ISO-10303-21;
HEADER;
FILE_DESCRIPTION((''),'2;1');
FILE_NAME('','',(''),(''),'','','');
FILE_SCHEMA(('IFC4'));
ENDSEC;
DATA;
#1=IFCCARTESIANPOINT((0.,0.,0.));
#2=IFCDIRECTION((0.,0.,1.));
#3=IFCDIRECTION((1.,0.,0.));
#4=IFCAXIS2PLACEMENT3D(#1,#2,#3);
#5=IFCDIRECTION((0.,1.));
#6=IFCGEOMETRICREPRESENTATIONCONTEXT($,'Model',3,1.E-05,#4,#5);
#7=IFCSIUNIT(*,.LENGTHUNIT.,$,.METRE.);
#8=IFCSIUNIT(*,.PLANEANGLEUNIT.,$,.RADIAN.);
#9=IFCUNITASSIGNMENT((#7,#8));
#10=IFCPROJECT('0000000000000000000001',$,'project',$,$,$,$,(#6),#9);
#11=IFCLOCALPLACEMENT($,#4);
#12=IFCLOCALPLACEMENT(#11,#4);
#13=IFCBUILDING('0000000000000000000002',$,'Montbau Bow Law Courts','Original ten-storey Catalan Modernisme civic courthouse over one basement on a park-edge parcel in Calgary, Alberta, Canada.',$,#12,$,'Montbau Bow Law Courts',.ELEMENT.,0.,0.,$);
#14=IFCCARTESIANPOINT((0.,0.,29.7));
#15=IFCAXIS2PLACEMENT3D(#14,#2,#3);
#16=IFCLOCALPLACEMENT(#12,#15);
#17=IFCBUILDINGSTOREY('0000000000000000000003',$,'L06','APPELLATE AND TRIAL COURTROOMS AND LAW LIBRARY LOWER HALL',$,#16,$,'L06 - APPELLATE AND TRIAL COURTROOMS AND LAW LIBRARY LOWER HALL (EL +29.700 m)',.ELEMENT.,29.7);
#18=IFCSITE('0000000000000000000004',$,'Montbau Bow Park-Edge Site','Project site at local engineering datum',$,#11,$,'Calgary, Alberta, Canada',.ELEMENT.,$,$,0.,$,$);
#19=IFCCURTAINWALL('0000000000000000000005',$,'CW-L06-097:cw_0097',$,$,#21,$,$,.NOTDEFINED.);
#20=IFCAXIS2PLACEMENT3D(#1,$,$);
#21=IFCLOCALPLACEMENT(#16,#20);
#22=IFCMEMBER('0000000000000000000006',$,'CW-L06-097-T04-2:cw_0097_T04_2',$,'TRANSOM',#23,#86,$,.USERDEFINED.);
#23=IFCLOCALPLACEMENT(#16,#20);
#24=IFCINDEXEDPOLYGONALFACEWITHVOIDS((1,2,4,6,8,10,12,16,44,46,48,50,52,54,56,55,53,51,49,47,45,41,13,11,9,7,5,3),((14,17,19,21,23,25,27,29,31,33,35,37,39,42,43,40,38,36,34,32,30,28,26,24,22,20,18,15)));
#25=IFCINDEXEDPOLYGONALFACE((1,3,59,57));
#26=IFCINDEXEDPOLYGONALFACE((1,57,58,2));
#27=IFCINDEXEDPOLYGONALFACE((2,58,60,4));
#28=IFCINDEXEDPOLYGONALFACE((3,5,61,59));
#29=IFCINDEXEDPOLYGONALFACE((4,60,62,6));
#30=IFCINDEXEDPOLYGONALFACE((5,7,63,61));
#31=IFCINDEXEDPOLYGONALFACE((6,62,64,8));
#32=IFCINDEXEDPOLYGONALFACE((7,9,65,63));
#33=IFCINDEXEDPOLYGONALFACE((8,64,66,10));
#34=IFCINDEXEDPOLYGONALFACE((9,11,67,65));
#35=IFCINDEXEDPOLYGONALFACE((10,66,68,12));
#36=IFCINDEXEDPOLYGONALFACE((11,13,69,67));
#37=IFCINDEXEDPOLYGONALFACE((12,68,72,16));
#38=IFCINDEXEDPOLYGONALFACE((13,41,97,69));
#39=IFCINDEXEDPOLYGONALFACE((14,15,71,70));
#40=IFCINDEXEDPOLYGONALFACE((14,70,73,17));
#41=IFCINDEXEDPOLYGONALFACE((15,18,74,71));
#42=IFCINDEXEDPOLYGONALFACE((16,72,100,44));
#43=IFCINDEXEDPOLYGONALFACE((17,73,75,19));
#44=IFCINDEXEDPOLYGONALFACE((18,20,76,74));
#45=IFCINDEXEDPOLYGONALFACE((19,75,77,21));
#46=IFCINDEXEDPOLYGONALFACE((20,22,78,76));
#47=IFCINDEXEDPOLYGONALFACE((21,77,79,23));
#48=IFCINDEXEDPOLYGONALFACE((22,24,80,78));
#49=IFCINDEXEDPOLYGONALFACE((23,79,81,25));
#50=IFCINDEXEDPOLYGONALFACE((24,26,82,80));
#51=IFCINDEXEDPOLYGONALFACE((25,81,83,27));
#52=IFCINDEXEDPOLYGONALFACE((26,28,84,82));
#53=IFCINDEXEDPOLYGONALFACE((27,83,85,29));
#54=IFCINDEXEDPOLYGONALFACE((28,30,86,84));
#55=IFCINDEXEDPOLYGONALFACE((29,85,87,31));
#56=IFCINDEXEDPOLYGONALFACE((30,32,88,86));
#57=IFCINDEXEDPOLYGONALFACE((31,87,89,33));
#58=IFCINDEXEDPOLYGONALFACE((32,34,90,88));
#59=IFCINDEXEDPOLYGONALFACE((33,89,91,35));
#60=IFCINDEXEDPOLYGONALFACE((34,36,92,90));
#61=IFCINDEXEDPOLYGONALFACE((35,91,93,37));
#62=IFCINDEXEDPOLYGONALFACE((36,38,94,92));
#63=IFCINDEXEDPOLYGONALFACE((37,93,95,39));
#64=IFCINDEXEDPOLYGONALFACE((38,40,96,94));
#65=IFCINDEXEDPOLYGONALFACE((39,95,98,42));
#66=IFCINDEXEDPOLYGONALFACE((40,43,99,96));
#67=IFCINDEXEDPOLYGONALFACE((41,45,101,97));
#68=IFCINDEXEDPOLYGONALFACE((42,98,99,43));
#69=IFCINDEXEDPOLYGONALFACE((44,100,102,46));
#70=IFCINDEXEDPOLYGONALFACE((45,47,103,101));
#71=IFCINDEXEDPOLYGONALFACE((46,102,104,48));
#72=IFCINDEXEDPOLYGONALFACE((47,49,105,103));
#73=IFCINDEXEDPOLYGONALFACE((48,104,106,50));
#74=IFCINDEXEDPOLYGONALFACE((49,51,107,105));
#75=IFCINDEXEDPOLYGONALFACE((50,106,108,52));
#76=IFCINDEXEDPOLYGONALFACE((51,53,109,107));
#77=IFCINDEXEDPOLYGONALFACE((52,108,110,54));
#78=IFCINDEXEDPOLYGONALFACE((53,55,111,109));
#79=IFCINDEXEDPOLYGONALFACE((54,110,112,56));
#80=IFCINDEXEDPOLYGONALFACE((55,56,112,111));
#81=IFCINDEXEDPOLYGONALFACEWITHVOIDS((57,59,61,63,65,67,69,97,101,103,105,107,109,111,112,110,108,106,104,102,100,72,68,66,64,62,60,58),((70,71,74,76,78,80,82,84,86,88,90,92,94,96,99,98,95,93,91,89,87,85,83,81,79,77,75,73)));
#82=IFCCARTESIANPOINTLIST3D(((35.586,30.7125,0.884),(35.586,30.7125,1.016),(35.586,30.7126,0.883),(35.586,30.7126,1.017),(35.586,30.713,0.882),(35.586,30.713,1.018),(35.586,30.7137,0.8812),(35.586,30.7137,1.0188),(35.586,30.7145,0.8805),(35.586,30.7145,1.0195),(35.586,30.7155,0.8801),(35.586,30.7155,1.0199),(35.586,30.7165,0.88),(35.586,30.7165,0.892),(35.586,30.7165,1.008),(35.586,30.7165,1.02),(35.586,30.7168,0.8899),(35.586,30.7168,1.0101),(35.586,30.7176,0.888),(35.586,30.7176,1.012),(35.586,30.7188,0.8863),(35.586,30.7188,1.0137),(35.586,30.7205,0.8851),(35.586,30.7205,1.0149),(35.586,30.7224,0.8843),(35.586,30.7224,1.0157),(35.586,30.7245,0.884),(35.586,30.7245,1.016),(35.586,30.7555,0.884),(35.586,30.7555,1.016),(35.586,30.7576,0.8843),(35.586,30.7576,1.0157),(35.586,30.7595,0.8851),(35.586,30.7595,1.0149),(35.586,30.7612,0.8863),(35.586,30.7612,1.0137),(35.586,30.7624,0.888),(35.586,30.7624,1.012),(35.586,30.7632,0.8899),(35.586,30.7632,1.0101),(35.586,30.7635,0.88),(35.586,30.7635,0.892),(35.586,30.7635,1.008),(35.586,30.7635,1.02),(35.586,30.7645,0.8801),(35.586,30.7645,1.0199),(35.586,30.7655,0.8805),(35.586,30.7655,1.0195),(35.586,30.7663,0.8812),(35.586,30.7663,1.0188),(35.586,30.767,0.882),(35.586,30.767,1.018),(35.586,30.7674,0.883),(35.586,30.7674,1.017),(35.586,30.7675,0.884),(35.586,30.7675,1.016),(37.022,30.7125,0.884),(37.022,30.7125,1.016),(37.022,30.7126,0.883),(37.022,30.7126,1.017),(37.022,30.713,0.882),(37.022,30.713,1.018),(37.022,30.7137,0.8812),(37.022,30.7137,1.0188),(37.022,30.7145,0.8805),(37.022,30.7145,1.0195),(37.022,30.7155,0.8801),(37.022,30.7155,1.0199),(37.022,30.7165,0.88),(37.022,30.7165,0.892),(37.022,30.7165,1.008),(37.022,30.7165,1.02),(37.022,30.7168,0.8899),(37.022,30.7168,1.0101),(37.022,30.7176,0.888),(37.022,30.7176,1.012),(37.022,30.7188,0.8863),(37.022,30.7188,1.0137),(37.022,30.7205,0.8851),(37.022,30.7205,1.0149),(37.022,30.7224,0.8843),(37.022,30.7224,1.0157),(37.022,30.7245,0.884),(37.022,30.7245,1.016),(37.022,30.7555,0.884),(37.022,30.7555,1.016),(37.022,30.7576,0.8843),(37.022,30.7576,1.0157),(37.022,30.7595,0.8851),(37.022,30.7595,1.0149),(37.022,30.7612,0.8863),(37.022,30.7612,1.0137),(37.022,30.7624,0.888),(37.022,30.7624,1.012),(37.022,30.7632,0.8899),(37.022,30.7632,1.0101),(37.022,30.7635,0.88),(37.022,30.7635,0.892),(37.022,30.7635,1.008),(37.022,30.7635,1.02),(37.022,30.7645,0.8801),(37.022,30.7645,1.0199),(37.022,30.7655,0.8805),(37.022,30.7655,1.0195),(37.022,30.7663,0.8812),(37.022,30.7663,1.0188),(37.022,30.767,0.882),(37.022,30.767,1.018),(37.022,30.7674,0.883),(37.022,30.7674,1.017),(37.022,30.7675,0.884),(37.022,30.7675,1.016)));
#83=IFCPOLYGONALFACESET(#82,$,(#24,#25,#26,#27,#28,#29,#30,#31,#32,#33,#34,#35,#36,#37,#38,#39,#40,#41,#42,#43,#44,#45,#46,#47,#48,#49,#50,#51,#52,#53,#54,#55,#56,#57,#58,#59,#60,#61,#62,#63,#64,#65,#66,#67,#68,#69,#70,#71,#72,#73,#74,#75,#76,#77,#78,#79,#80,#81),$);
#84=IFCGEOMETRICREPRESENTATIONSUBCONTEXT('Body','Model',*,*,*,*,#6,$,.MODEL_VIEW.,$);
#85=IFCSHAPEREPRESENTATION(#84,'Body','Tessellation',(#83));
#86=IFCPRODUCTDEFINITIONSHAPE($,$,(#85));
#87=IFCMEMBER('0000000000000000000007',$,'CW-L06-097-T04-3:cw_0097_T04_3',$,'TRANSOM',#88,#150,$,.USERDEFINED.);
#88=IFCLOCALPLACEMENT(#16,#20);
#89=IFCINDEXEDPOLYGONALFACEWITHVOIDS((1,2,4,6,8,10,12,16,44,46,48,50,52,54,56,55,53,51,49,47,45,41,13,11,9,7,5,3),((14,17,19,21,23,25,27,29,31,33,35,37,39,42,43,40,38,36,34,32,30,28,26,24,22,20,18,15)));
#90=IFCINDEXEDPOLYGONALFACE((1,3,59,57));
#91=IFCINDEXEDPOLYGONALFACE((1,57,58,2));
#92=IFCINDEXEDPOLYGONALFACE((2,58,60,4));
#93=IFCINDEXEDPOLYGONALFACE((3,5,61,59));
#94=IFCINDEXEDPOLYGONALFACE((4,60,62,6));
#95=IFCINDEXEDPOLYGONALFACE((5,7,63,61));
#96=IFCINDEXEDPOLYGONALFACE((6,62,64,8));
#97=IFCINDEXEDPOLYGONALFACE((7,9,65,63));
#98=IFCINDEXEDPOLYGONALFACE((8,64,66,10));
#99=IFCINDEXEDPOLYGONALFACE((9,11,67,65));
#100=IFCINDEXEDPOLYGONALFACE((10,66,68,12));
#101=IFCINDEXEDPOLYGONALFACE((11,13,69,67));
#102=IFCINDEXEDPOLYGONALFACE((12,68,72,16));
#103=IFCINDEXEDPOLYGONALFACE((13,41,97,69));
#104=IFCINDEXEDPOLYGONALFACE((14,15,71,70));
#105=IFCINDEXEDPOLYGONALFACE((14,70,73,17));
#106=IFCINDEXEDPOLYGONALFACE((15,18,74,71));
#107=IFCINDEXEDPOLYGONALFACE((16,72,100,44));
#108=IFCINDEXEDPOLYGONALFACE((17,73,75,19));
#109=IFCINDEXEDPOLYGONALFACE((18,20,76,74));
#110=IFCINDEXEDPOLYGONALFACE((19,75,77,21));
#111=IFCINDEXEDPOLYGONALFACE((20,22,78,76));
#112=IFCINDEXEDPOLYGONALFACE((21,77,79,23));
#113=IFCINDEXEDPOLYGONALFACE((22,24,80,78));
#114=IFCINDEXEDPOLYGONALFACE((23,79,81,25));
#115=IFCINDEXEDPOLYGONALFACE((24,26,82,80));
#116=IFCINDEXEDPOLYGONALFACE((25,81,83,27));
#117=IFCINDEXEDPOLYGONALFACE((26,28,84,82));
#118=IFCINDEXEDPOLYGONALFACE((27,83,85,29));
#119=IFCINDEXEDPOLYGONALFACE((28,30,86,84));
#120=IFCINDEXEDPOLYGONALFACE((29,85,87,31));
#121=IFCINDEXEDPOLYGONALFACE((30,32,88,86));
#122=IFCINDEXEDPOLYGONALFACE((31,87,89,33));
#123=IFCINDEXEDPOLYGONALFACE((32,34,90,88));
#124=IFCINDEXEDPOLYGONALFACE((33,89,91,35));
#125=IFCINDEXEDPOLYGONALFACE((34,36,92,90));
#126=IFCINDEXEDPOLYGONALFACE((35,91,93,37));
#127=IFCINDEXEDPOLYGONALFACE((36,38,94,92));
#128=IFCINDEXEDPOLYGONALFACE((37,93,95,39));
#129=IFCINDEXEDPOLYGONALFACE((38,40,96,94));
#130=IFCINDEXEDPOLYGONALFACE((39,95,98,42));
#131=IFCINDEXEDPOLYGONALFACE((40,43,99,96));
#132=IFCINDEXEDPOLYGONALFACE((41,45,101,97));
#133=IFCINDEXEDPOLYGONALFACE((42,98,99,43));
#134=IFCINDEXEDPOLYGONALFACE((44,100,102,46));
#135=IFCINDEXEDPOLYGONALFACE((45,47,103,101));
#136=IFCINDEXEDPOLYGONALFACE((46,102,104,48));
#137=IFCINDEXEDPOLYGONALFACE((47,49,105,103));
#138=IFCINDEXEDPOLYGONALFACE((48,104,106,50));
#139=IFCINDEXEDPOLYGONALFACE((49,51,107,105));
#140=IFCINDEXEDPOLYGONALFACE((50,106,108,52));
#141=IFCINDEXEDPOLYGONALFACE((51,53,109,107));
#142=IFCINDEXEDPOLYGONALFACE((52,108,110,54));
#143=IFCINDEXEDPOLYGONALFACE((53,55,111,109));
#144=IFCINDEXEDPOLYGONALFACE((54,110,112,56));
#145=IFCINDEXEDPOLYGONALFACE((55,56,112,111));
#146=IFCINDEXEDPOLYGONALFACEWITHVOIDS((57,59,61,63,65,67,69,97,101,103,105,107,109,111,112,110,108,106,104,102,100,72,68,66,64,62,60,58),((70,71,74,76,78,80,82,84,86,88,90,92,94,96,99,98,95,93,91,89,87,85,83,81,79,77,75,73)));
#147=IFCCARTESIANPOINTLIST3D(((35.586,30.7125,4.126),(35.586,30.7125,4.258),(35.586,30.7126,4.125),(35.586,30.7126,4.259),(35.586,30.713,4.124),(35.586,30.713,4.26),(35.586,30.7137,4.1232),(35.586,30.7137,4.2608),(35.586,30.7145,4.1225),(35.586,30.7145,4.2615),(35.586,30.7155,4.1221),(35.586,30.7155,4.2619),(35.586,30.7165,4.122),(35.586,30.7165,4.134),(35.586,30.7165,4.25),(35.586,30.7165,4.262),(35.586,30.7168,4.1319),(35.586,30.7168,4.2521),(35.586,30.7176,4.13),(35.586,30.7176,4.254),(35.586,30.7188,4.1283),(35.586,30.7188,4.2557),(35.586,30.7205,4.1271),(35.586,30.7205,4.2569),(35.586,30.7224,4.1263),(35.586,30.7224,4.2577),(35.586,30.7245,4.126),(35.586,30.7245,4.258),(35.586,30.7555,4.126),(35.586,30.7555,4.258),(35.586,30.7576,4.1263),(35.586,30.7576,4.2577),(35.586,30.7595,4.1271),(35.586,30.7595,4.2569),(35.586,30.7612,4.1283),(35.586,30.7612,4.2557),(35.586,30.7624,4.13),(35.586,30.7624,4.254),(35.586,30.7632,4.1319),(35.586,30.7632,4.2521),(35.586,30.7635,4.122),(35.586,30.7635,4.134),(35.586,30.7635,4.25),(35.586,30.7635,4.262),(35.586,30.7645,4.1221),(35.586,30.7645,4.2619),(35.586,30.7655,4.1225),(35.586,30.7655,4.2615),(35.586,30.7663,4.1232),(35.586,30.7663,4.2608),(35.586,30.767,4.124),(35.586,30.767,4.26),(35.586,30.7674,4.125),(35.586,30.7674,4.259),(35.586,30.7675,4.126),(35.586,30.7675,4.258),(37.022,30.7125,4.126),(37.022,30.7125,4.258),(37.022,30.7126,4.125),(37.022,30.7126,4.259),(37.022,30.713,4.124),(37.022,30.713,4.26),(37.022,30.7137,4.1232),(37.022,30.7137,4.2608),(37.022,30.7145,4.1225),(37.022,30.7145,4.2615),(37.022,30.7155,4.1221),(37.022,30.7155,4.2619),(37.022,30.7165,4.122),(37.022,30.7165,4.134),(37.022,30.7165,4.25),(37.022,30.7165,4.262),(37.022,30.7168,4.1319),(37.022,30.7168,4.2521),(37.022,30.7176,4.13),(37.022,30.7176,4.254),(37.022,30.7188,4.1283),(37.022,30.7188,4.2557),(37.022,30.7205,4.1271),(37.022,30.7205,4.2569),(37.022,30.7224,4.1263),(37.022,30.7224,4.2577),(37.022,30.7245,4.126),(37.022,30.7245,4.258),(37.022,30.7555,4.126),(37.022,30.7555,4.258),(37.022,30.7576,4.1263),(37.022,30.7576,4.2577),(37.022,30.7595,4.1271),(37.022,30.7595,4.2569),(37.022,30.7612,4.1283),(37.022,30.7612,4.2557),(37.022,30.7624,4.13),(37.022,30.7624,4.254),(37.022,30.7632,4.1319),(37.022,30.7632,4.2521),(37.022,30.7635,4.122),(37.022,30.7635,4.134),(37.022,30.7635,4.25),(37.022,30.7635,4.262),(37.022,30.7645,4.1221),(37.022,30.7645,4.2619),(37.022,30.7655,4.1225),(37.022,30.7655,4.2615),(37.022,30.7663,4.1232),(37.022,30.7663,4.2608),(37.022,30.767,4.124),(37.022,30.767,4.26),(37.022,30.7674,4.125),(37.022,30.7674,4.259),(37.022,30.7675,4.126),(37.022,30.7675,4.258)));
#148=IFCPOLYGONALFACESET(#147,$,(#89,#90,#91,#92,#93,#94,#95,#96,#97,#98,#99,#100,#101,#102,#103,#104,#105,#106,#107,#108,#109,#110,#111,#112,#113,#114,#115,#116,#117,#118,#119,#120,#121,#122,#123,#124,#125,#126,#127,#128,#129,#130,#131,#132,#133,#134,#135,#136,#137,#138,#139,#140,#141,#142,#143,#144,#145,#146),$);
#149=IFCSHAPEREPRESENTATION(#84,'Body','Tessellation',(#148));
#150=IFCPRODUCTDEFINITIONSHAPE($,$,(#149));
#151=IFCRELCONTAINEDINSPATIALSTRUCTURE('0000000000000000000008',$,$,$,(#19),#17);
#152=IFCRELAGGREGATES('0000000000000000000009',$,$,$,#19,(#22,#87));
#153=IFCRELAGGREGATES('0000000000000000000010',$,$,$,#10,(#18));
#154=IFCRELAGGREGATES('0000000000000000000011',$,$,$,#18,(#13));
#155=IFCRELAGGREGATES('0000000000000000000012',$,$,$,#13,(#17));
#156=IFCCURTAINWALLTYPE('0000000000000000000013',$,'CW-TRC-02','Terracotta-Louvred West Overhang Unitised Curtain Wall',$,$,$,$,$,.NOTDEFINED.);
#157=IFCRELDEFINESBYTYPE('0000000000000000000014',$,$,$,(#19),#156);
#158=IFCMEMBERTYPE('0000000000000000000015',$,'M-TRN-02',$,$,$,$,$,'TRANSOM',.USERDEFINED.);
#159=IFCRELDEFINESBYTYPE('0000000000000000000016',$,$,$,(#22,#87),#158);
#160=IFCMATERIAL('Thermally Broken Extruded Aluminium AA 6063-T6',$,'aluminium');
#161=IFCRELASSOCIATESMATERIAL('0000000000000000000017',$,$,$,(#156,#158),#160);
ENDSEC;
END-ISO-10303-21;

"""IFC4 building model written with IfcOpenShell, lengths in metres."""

from ifc_helpers import new_model, si_unit, direction, frame, origin_with_axes, origin_2d_with_axis, place, context, subcontext, project, spatial, hollow_rectangle, extrude, material, material_profile, profile_set, type_object, element, aggregate, save


model = new_model("IFC4")

# Units and contexts
model_context = context("Model", 3, precision=1e-05, world=origin_with_axes(), true_north=direction((0.0, 1.0)))
body_context = subcontext(model_context, "Body", "Model", "MODEL_VIEW")
ifc_project = project(units=[si_unit("LENGTHUNIT", "METRE"), si_unit("PLANEANGLEUNIT", "RADIAN")], contexts=[model_context])

# Site, building, storey
site_placement = place(None, origin_with_axes())
site = spatial("IfcSite", under=ifc_project, at=site_placement, Name="Montbau Bow Park-Edge Site", Description="Project site at local engineering datum", LongName="Calgary, Alberta, Canada", CompositionType="ELEMENT", RefElevation=0.0)
building_placement = place(site_placement, origin_with_axes())
building = spatial("IfcBuilding", under=site, at=building_placement, Name="Montbau Bow Law Courts", Description="Original ten-storey Catalan Modernisme civic courthouse over one basement on a park-edge parcel in Calgary, Alberta, Canada.", LongName="Montbau Bow Law Courts", CompositionType="ELEMENT", ElevationOfRefHeight=0.0, ElevationOfTerrain=0.0)
storey_placement = place(building_placement, frame((0.0, 0.0, 29.7), z_axis=(0.0, 0.0, 1.0), x_axis=(1.0, 0.0, 0.0)))
storey = spatial("IfcBuildingStorey", under=building, at=storey_placement, Name="L06", Description="APPELLATE AND TRIAL COURTROOMS AND LAW LIBRARY LOWER HALL", LongName="L06 - APPELLATE AND TRIAL COURTROOMS AND LAW LIBRARY LOWER HALL (EL +29.700 m)", CompositionType="ELEMENT", Elevation=29.7)

# Curtain wall
ifc_material_1 = material(Name="Thermally Broken Extruded Aluminium AA 6063-T6", Category="aluminium")
curtain_wall_type = type_object("IfcCurtainWallType", Name="CW-TRC-02", Description="Terracotta-Louvred West Overhang Unitised Curtain Wall", PredefinedType="NOTDEFINED", material=ifc_material_1)
curtain_wall_1_placement = place(None, frame((31.04, 30.74, 29.7), z_axis=(0.0, 0.0, 1.0), x_axis=(1.0, 0.0, 0.0)))
curtain_wall_1 = element("IfcCurtainWall", 1, at=curtain_wall_1_placement, inside=storey, type_object=curtain_wall_type, Name="CW-L06-097:cw_0097", PredefinedType="NOTDEFINED")

# Members
ifc_material_profile_1 = material_profile(ifc_material_1, hollow_rectangle(XDim=0.055, YDim=0.14, WallThickness=0.004, InnerFilletRadius=0.008, OuterFilletRadius=0.004, at=origin_2d_with_axis()), Name="CWT-140X55", Category="Main", Priority=0)
ifc_profile_set_1 = profile_set([ifc_material_profile_1], Name="Thermally Broken Extruded Aluminium AA 6063-T6")
member_type_1 = type_object("IfcMemberType", Name="M-TRN-02", ElementType="TRANSOM", PredefinedType="USERDEFINED", material=ifc_profile_set_1)
member_1_placement = place(None, frame((35.586, 30.74, 30.65), z_axis=(1.0, 0.0, 0.0), x_axis=(0.0, 1.0, 0.0)))
member_1 = element("IfcMember", 2, at=member_1_placement, type_object=member_type_1, Name="CW-L06-097-T04-2:cw_0097_T04_2", ObjectType="TRANSOM", PredefinedType="USERDEFINED", context=body_context, shape_type="SweptSolid", body=[
    extrude(hollow_rectangle(XDim=0.055, YDim=0.14, WallThickness=0.004, InnerFilletRadius=0.008, OuterFilletRadius=0.004, at=origin_2d_with_axis()), origin_with_axes(), (0.0, 0.0, 1.0), 1.436),
])
member_2_placement = place(None, frame((35.586, 30.74, 33.892), z_axis=(1.0, 0.0, 0.0), x_axis=(0.0, 1.0, 0.0)))
member_2 = element("IfcMember", 3, at=member_2_placement, type_object=member_type_1, Name="CW-L06-097-T04-3:cw_0097_T04_3", ObjectType="TRANSOM", PredefinedType="USERDEFINED", context=body_context, shape_type="SweptSolid", body=[
    extrude(hollow_rectangle(XDim=0.055, YDim=0.14, WallThickness=0.004, InnerFilletRadius=0.008, OuterFilletRadius=0.004, at=origin_2d_with_axis()), origin_with_axes(), (0.0, 0.0, 1.0), 1.436),
])

aggregate(curtain_wall_1, [member_1, member_2])

save(model, "model.ifc")
